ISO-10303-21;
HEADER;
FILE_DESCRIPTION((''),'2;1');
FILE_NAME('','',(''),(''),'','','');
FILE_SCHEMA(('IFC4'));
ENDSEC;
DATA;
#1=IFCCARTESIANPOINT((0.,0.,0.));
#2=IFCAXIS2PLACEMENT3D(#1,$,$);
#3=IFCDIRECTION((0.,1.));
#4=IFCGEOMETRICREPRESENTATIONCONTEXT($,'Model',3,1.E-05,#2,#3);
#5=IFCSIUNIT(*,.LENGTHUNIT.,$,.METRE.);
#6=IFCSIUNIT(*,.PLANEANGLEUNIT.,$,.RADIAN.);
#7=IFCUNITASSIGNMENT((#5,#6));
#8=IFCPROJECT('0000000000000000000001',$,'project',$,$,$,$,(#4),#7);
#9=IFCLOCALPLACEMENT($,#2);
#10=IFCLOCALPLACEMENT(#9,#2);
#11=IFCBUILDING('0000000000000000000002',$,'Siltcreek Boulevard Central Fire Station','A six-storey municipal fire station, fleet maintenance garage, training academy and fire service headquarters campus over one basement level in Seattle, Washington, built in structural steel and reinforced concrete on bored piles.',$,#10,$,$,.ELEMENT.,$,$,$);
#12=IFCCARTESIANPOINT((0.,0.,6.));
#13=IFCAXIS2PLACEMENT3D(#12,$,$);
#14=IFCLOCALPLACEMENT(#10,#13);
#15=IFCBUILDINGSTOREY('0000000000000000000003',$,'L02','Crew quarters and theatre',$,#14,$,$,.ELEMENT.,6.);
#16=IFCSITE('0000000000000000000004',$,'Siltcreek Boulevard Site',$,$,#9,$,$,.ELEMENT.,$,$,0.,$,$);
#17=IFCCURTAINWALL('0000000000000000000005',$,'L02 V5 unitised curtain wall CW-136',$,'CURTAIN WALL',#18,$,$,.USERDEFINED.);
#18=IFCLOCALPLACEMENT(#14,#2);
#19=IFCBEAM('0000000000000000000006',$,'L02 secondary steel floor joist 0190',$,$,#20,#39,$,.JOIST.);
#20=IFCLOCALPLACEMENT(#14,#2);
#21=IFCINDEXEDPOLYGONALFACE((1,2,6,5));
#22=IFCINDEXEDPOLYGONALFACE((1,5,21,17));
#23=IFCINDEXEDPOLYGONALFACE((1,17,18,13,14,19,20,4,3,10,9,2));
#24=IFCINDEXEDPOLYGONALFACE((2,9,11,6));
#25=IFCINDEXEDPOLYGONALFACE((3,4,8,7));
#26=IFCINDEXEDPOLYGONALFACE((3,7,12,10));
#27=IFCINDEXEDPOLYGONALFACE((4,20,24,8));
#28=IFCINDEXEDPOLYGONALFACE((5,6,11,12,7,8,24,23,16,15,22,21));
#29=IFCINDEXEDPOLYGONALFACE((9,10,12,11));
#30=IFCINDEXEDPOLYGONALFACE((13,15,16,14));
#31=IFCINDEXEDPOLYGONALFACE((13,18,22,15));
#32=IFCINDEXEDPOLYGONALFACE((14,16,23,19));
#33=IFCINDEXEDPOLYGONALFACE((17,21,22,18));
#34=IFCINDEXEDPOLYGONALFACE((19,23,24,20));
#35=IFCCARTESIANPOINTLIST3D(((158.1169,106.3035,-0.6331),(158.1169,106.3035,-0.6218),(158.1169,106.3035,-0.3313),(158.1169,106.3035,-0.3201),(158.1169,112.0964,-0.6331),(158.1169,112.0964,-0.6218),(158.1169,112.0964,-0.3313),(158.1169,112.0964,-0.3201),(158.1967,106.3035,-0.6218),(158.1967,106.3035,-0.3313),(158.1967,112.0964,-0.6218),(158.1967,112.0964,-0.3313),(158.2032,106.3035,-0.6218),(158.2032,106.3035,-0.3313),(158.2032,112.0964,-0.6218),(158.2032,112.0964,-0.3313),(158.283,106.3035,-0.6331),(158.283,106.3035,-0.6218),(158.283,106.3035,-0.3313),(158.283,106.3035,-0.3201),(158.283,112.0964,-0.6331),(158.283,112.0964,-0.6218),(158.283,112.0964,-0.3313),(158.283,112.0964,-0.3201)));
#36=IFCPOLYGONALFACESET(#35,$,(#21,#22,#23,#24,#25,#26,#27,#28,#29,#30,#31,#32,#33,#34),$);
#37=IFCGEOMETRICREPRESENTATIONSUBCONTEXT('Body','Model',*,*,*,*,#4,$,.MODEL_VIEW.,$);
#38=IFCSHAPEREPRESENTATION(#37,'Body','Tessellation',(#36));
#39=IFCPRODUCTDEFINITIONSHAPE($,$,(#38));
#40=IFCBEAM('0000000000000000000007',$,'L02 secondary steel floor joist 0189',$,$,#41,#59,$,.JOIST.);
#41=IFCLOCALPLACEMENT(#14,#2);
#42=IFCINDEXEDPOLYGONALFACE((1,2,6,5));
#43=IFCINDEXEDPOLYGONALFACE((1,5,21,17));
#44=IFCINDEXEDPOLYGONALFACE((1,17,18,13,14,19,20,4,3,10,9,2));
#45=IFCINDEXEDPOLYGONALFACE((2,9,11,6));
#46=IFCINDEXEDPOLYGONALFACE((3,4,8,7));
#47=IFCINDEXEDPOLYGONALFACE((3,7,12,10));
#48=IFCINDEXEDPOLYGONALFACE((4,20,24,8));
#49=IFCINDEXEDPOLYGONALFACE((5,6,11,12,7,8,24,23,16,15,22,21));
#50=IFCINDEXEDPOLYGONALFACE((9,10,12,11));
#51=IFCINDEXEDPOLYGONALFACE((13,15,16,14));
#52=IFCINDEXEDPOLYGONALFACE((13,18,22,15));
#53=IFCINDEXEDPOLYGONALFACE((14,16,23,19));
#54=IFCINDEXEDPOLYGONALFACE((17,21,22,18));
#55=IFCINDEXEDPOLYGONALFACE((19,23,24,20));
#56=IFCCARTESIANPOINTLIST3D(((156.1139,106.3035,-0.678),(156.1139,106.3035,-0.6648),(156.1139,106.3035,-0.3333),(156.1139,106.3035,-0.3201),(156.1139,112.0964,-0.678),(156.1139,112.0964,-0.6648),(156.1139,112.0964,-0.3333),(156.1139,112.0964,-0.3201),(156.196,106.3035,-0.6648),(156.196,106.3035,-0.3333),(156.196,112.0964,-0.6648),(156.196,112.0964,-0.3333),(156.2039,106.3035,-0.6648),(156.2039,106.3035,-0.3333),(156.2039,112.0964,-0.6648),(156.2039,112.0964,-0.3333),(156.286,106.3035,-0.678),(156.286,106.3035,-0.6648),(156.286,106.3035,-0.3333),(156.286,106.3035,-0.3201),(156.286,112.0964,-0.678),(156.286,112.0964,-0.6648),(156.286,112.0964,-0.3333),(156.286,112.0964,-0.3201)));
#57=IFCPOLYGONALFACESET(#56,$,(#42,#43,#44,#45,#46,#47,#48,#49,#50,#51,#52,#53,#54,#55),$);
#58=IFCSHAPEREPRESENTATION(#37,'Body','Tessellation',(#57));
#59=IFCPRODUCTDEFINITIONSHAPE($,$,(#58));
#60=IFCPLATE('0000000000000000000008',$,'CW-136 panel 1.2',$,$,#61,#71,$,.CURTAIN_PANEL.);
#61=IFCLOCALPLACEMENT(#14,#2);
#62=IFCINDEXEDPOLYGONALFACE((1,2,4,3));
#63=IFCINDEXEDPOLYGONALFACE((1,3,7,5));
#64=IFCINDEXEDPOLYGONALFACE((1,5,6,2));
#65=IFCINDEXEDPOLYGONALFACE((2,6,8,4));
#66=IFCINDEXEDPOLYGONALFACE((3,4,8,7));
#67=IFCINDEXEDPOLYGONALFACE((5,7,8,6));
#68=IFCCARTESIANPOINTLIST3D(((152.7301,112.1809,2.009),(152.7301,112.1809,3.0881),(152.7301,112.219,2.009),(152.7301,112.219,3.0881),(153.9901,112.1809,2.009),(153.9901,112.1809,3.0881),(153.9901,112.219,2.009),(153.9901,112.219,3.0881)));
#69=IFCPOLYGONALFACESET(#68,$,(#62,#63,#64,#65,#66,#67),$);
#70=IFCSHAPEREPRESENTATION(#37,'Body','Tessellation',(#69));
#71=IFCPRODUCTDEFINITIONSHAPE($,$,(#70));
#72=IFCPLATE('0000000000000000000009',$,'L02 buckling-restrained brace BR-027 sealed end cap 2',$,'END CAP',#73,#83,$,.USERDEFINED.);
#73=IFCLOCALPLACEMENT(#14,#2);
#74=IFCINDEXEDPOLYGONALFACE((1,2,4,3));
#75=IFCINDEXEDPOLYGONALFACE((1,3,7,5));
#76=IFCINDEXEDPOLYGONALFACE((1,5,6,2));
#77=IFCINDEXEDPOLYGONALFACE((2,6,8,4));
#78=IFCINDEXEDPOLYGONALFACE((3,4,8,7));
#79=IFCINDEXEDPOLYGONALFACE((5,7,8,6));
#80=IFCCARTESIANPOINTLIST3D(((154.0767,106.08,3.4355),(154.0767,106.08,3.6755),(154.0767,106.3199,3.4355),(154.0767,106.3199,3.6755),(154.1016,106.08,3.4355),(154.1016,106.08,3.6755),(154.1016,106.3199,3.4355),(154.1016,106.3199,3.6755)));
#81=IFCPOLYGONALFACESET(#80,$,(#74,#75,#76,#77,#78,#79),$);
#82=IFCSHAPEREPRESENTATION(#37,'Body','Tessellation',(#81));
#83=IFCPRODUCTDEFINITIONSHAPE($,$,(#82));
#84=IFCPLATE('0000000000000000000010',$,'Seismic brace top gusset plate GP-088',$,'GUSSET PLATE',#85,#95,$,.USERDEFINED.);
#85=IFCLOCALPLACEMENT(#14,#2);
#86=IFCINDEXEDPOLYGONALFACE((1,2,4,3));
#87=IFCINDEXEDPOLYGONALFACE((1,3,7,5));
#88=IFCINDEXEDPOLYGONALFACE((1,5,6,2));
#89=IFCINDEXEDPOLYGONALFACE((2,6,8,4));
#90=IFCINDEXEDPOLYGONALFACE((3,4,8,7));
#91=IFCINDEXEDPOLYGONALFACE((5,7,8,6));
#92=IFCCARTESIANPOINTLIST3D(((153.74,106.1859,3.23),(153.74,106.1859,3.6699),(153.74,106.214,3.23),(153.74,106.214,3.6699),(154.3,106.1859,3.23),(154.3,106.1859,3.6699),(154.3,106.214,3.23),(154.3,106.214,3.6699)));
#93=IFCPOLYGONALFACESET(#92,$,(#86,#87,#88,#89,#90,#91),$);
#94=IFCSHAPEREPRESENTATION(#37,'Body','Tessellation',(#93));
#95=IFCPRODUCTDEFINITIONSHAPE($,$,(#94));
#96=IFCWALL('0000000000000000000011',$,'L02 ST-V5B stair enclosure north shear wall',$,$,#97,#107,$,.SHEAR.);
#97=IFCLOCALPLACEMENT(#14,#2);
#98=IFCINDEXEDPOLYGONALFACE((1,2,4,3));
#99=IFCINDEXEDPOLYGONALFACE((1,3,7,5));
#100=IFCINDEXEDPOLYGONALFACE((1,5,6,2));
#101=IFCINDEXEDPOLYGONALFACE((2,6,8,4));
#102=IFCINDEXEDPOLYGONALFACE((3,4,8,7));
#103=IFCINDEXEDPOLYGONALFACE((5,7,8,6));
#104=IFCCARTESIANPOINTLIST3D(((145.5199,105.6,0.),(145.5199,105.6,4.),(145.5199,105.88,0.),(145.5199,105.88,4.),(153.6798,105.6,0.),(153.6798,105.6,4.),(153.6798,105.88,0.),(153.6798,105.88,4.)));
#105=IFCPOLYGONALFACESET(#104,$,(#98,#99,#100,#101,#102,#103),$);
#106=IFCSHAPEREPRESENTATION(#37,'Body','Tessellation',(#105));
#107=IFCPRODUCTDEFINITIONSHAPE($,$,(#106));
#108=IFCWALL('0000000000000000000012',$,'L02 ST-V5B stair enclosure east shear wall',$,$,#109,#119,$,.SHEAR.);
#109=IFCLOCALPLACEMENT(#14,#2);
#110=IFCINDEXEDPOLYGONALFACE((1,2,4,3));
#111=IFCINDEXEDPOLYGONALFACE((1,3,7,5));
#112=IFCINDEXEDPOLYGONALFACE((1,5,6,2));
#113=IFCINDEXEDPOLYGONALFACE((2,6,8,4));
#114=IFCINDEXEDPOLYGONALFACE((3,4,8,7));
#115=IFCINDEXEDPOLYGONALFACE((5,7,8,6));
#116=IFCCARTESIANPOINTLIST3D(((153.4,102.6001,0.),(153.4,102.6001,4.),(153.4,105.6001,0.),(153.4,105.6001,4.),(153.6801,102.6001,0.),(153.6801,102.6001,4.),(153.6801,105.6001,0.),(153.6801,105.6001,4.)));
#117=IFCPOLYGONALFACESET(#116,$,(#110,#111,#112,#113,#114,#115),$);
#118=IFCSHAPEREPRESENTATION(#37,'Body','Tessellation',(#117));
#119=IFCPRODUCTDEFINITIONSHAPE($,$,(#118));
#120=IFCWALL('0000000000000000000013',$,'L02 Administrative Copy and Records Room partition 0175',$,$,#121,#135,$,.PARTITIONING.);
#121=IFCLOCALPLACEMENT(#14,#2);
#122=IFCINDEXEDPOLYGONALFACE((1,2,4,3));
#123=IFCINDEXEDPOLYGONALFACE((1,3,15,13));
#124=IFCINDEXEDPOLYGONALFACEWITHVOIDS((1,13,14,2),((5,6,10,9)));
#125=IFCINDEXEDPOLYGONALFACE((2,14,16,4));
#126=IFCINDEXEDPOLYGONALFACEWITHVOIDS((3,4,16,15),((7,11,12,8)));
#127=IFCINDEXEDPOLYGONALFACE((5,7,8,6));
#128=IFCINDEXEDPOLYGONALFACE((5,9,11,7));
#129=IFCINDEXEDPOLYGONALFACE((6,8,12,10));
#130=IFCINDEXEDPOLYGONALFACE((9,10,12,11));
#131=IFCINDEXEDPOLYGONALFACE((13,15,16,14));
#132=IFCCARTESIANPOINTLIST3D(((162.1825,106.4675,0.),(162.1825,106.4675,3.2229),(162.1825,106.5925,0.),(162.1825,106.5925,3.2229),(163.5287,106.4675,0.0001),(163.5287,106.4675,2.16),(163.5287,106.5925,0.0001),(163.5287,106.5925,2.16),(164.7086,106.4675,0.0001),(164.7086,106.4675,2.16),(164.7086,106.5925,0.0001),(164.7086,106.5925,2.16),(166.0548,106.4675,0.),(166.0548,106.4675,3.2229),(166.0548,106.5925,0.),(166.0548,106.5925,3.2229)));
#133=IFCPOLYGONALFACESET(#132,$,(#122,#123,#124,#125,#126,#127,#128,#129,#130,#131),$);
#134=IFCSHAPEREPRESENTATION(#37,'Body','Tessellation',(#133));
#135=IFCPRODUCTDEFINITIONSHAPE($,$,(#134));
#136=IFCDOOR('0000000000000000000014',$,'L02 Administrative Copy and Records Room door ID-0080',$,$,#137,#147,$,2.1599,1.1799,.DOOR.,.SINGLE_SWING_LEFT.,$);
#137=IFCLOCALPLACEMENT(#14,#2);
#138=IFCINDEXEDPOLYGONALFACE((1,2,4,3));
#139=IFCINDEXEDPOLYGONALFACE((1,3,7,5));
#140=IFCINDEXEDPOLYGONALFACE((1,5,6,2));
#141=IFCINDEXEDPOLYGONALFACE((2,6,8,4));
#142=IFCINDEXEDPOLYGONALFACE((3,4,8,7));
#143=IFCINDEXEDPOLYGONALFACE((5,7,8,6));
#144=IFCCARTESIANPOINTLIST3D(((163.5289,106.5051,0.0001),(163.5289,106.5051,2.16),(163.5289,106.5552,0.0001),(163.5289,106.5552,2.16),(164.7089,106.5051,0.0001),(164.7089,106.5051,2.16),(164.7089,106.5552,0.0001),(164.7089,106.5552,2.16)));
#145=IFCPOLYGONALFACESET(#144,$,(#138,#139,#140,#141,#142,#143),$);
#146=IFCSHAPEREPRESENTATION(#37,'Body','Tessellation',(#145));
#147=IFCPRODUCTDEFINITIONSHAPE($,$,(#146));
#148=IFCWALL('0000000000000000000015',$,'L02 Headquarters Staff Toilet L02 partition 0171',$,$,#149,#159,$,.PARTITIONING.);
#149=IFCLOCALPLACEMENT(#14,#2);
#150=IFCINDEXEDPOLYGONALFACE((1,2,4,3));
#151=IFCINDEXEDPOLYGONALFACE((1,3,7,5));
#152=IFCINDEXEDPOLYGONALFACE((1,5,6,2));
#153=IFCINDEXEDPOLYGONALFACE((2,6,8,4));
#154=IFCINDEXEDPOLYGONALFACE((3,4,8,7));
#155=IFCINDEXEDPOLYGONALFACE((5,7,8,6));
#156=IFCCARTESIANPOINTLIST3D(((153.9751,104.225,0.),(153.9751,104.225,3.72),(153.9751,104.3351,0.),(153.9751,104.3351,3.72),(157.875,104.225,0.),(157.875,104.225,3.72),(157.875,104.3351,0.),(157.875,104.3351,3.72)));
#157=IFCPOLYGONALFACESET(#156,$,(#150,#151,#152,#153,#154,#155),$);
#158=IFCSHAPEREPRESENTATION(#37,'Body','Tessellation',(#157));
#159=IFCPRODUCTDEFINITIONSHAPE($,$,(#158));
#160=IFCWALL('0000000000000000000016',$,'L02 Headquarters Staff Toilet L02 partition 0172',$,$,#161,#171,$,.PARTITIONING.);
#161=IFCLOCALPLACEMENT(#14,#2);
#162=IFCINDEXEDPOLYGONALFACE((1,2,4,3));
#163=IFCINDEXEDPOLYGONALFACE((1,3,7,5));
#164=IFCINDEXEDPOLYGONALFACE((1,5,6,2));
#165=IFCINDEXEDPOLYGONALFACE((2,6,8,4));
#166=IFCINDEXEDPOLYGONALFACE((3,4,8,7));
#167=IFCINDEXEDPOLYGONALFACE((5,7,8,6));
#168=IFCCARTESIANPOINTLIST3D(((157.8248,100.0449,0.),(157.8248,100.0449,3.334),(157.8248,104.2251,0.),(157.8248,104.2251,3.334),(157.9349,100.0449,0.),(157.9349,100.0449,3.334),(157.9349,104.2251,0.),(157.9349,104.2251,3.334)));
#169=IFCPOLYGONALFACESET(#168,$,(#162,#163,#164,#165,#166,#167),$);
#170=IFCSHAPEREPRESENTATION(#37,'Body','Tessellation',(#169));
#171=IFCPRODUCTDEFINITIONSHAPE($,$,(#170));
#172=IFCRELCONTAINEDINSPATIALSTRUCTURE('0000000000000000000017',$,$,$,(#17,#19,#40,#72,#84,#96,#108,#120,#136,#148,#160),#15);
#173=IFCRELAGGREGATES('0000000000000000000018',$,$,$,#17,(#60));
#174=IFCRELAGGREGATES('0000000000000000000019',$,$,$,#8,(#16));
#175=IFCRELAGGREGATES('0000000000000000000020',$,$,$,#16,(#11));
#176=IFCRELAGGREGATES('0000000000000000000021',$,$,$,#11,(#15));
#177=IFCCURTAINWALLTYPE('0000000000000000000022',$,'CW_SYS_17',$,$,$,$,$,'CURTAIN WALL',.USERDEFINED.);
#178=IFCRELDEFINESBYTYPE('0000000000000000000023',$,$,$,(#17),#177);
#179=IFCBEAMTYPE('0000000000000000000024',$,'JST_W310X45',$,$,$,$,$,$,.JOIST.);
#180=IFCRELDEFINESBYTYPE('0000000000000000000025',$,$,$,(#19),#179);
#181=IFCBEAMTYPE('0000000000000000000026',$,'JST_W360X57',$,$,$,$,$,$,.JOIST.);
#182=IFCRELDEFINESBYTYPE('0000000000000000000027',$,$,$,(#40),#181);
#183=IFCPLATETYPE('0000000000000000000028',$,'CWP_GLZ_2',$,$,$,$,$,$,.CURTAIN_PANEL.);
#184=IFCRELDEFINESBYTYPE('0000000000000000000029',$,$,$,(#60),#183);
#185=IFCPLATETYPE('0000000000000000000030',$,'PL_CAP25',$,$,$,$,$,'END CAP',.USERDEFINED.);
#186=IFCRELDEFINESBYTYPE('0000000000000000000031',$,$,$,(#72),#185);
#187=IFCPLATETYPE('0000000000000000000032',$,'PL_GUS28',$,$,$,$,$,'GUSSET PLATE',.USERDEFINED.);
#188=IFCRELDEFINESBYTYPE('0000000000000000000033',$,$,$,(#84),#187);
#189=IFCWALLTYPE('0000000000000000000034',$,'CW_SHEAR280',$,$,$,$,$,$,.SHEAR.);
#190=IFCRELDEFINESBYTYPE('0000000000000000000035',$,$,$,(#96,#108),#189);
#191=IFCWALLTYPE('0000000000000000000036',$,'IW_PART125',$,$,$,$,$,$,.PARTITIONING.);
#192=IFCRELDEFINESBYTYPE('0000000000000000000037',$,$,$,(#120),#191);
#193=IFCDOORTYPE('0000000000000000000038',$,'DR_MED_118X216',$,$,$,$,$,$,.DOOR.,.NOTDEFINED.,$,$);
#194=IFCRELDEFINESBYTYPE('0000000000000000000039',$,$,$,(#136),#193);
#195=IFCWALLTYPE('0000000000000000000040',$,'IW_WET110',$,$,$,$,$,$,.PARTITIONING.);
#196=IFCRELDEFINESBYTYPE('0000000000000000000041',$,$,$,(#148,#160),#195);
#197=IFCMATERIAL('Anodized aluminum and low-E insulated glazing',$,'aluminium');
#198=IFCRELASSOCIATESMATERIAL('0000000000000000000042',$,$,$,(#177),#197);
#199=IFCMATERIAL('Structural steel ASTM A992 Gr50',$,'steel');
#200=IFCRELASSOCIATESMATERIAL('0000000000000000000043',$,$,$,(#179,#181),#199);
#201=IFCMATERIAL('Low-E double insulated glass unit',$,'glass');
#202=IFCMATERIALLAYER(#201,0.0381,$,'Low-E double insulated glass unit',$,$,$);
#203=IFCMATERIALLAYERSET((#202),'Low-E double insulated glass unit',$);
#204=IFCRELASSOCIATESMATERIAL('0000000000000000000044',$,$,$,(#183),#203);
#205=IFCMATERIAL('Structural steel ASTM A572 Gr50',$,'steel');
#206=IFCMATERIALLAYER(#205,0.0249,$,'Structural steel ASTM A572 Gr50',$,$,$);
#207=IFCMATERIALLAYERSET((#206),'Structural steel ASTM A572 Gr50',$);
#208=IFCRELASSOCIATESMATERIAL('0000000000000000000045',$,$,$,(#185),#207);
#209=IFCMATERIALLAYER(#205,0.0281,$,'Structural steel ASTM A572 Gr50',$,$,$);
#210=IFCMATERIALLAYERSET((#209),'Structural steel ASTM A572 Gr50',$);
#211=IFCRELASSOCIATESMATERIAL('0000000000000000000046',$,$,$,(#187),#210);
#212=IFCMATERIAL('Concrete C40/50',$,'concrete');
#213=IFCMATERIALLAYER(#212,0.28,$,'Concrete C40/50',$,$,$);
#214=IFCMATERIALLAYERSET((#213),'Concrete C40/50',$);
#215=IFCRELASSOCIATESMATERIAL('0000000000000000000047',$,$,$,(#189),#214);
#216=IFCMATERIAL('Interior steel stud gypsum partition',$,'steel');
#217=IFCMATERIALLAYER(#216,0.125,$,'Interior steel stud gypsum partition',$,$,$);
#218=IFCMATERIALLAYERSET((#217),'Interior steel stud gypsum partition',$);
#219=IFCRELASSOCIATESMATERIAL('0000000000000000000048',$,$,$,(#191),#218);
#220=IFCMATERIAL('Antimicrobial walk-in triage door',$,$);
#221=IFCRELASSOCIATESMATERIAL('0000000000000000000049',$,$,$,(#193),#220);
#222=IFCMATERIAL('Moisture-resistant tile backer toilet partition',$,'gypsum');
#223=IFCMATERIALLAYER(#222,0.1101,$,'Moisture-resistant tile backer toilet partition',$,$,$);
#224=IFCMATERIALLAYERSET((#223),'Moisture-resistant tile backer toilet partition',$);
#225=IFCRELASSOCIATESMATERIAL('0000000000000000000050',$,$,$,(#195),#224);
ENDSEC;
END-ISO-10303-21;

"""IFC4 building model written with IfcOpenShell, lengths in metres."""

from ifc_helpers import new_model, si_unit, direction, frame, frame_2d, origin, origin_2d, place, context, subcontext, project, spatial, rectangle, i_section, extrude, material, layer, layer_set, material_profile, profile_set, type_object, element, fill, aggregate, save


model = new_model("IFC4")

# Units and contexts
model_context = context("Model", 3, precision=1e-05, world=origin(), true_north=direction((0.0, 1.0)))
body_context = subcontext(model_context, "Body", "Model", "MODEL_VIEW")
ifc_project = project(units=[si_unit("LENGTHUNIT", "METRE"), si_unit("PLANEANGLEUNIT", "RADIAN")], contexts=[model_context])

# Site, building, storey
site_placement = place(None, origin())
site = spatial("IfcSite", under=ifc_project, at=site_placement, Name="Siltcreek Boulevard Site", CompositionType="ELEMENT", RefElevation=0.0)
building_placement = place(site_placement, origin())
building = spatial("IfcBuilding", under=site, at=building_placement, Name="Siltcreek Boulevard Central Fire Station", Description="A six-storey municipal fire station, fleet maintenance garage, training academy and fire service headquarters campus over one basement level in Seattle, Washington, built in structural steel and reinforced concrete on bored piles.", CompositionType="ELEMENT")
storey_placement = place(building_placement, frame((0.0, 0.0, 6.0)))
storey = spatial("IfcBuildingStorey", under=building, at=storey_placement, Name="L02", Description="Crew quarters and theatre", CompositionType="ELEMENT", Elevation=6.0)

# Shared definitions
ifc_material_1 = material(Name="Structural steel ASTM A992 Gr50", Category="steel")

# Curtain wall
ifc_material_2 = material(Name="Anodized aluminum and low-E insulated glazing", Category="aluminium")
curtain_wall_type = type_object("IfcCurtainWallType", Name="CW_SYS_17", ElementType="CURTAIN WALL", PredefinedType="USERDEFINED", material=ifc_material_2)
curtain_wall_placement = place(storey_placement, origin())
curtain_wall = element("IfcCurtainWall", 1, at=curtain_wall_placement, inside=storey, type_object=curtain_wall_type, Name="L02 V5 unitised curtain wall CW-136", ObjectType="CURTAIN WALL", PredefinedType="USERDEFINED")

# Beams
ifc_material_profile_1 = material_profile(ifc_material_1, i_section(OverallWidth=0.166, OverallDepth=0.313, WebThickness=0.0066, FlangeThickness=0.0112, at=origin_2d()), Name="W310X45")
ifc_profile_set_1 = profile_set([ifc_material_profile_1], Name="Structural steel ASTM A992 Gr50")
beam_type_1 = type_object("IfcBeamType", Name="JST_W310X45", PredefinedType="JOIST", material=ifc_profile_set_1)
beam_1_placement = place(storey_placement, frame((158.2, 106.3035, -0.4766), z_axis=(0.0, 1.0, 0.0), x_axis=(-1.0, 0.0, 0.0)))
element("IfcBeam", 2, at=beam_1_placement, inside=storey, type_object=beam_type_1, Name="L02 secondary steel floor joist 0190", PredefinedType="JOIST", context=body_context, shape_type="SweptSolid", body=[
    extrude(i_section(OverallWidth=0.166, OverallDepth=0.313, WebThickness=0.0066, FlangeThickness=0.0112, at=origin_2d()), origin(), (0.0, 0.0, 1.0), 5.793),
])
ifc_material_profile_2 = material_profile(ifc_material_1, i_section(OverallWidth=0.1721, OverallDepth=0.3579, WebThickness=0.0078, FlangeThickness=0.0132, at=origin_2d()), Name="W360X57")
ifc_profile_set_2 = profile_set([ifc_material_profile_2], Name="Structural steel ASTM A992 Gr50")
beam_type_2 = type_object("IfcBeamType", Name="JST_W360X57", PredefinedType="JOIST", material=ifc_profile_set_2)
beam_2_placement = place(storey_placement, frame((156.2, 106.3035, -0.499), z_axis=(0.0, 1.0, 0.0), x_axis=(-1.0, 0.0, 0.0)))
element("IfcBeam", 3, at=beam_2_placement, inside=storey, type_object=beam_type_2, Name="L02 secondary steel floor joist 0189", PredefinedType="JOIST", context=body_context, shape_type="SweptSolid", body=[
    extrude(i_section(OverallWidth=0.1721, OverallDepth=0.3579, WebThickness=0.0078, FlangeThickness=0.0132, at=origin_2d()), origin(), (0.0, 0.0, 1.0), 5.793),
])

# Plate
ifc_material_3 = material(Name="Low-E double insulated glass unit", Category="glass")
ifc_layer_1 = layer(ifc_material_3, 0.0381, Name="Low-E double insulated glass unit")
ifc_layer_set_1 = layer_set([ifc_layer_1], Name="Low-E double insulated glass unit")
plate_type_1 = type_object("IfcPlateType", Name="CWP_GLZ_2", PredefinedType="CURTAIN_PANEL", material=ifc_layer_set_1)
plate_1_placement = place(storey_placement, frame((153.3601, 112.2, 2.009), z_axis=(0.0, 0.0, 1.0), x_axis=(-1.0, 0.0, 0.0)))
plate_1 = element("IfcPlate", 4, at=plate_1_placement, type_object=plate_type_1, Name="CW-136 panel 1.2", PredefinedType="CURTAIN_PANEL", context=body_context, shape_type="SweptSolid", body=[
    extrude(rectangle(XDim=1.26, YDim=0.0381, at=origin_2d()), origin(), (0.0, 0.0, 1.0), 1.0791),
])
aggregate(curtain_wall, [plate_1])

# Plates
ifc_material_4 = material(Name="Structural steel ASTM A572 Gr50", Category="steel")
ifc_layer_2 = layer(ifc_material_4, 0.0249, Name="Structural steel ASTM A572 Gr50")
ifc_layer_set_2 = layer_set([ifc_layer_2], Name="Structural steel ASTM A572 Gr50")
plate_type_2 = type_object("IfcPlateType", Name="PL_CAP25", ElementType="END CAP", PredefinedType="USERDEFINED", material=ifc_layer_set_2)
plate_2_placement = place(storey_placement, frame((154.0891, 106.2, 3.4355), z_axis=(0.0, 0.0, 1.0), x_axis=(1.0, 0.0, 0.0)))
element("IfcPlate", 5, at=plate_2_placement, inside=storey, type_object=plate_type_2, Name="L02 buckling-restrained brace BR-027 sealed end cap 2", ObjectType="END CAP", PredefinedType="USERDEFINED", context=body_context, shape_type="SweptSolid", body=[
    extrude(rectangle(XDim=0.0249, YDim=0.24, at=origin_2d()), origin(), (0.0, 0.0, 1.0), 0.24),
])
ifc_layer_3 = layer(ifc_material_4, 0.0281, Name="Structural steel ASTM A572 Gr50")
ifc_layer_set_3 = layer_set([ifc_layer_3], Name="Structural steel ASTM A572 Gr50")
plate_type_3 = type_object("IfcPlateType", Name="PL_GUS28", ElementType="GUSSET PLATE", PredefinedType="USERDEFINED", material=ifc_layer_set_3)
plate_3_placement = place(storey_placement, frame((154.02, 106.2, 3.23), z_axis=(0.0, 0.0, 1.0), x_axis=(1.0, 0.0, 0.0)))
element("IfcPlate", 6, at=plate_3_placement, inside=storey, type_object=plate_type_3, Name="Seismic brace top gusset plate GP-088", ObjectType="GUSSET PLATE", PredefinedType="USERDEFINED", context=body_context, shape_type="SweptSolid", body=[
    extrude(rectangle(XDim=0.5601, YDim=0.0281, at=origin_2d()), origin(), (0.0, 0.0, 1.0), 0.4399),
])

# Walls
ifc_material_5 = material(Name="Concrete C40/50", Category="concrete")
ifc_layer_4 = layer(ifc_material_5, 0.28, Name="Concrete C40/50")
ifc_layer_set_4 = layer_set([ifc_layer_4], Name="Concrete C40/50")
wall_type_1 = type_object("IfcWallType", Name="CW_SHEAR280", PredefinedType="SHEAR", material=ifc_layer_set_4)
wall_1_placement = place(storey_placement, frame((153.6799, 105.74, 0.0), z_axis=(0.0, 0.0, 1.0), x_axis=(-1.0, 0.0, 0.0)))
element("IfcWall", 7, at=wall_1_placement, inside=storey, type_object=wall_type_1, Name="L02 ST-V5B stair enclosure north shear wall", PredefinedType="SHEAR", context=body_context, shape_type="SweptSolid", body=[
    extrude(rectangle(XDim=8.1599, YDim=0.28, at=frame_2d((4.0801, 0.0))), origin(), (0.0, 0.0, 1.0), 4.0),
])
wall_2_placement = place(storey_placement, frame((153.54, 102.6001, 0.0), z_axis=(0.0, 0.0, 1.0), x_axis=(0.0, 1.0, 0.0)))
element("IfcWall", 8, at=wall_2_placement, inside=storey, type_object=wall_type_1, Name="L02 ST-V5B stair enclosure east shear wall", PredefinedType="SHEAR", context=body_context, shape_type="SweptSolid", body=[
    extrude(rectangle(XDim=3.0, YDim=0.28, at=frame_2d((1.5, 0.0))), origin(), (0.0, 0.0, 1.0), 4.0),
])

# Wall, opening, door
ifc_material_6 = material(Name="Interior steel stud gypsum partition", Category="steel")
ifc_layer_5 = layer(ifc_material_6, 0.125, Name="Interior steel stud gypsum partition")
ifc_layer_set_5 = layer_set([ifc_layer_5], Name="Interior steel stud gypsum partition")
wall_type_2 = type_object("IfcWallType", Name="IW_PART125", PredefinedType="PARTITIONING", material=ifc_layer_set_5)
wall_3_placement = place(storey_placement, frame((162.1826, 106.53, 0.0), z_axis=(0.0, 0.0, 1.0), x_axis=(1.0, 0.0, 0.0)))
wall_3 = element("IfcWall", 9, at=wall_3_placement, inside=storey, type_object=wall_type_2, Name="L02 Administrative Copy and Records Room partition 0175", PredefinedType="PARTITIONING", context=body_context, shape_type="SweptSolid", body=[
    extrude(rectangle(XDim=3.8723, YDim=0.125, at=frame_2d((1.936, 0.0))), origin(), (0.0, 0.0, 1.0), 3.2229),
])
opening_placement = place(wall_3_placement, frame((1.3462, 0.0, 0.0)))
opening = element("IfcOpeningElement", 10, at=opening_placement, cuts=wall_3, PredefinedType="OPENING", context=body_context, shape_type="SweptSolid", body=[
    extrude(rectangle(XDim=1.1799, YDim=2.1599, at=frame_2d((0.5898, 1.0801))), frame((0.0, 0.0725, 0.0), z_axis=(0.0, -1.0, 0.0), x_axis=(1.0, 0.0, 0.0)), (0.0, 0.0, 1.0), 0.145),
])
ifc_material_7 = material(Name="Antimicrobial walk-in triage door")
door_type = type_object("IfcDoorType", Name="DR_MED_118X216", OperationType="NOTDEFINED", PredefinedType="DOOR", material=ifc_material_7)
door_placement = place(opening_placement, frame((1.1799, 0.0, 0.0), z_axis=(0.0, 0.0, 1.0), x_axis=(-1.0, 0.0, 0.0)))
door = element("IfcDoor", 11, at=door_placement, inside=storey, type_object=door_type, Name="L02 Administrative Copy and Records Room door ID-0080", OperationType="SINGLE_SWING_LEFT", OverallHeight=2.1599, OverallWidth=1.1799, PredefinedType="DOOR", context=body_context, shape_type="SweptSolid", body=[
    extrude(rectangle(XDim=1.1799, YDim=2.1599, at=frame_2d((0.5898, 1.0801))), frame((0.0, 0.0249, 0.0), z_axis=(0.0, -1.0, 0.0), x_axis=(1.0, 0.0, 0.0)), (0.0, 0.0, 1.0), 0.05),
])
fill(opening, door)

# Walls
ifc_material_8 = material(Name="Moisture-resistant tile backer toilet partition", Category="gypsum")
ifc_layer_6 = layer(ifc_material_8, 0.1101, Name="Moisture-resistant tile backer toilet partition")
ifc_layer_set_6 = layer_set([ifc_layer_6], Name="Moisture-resistant tile backer toilet partition")
wall_type_3 = type_object("IfcWallType", Name="IW_WET110", PredefinedType="PARTITIONING", material=ifc_layer_set_6)
wall_4_placement = place(storey_placement, frame((153.9751, 104.28, 0.0), z_axis=(0.0, 0.0, 1.0), x_axis=(1.0, 0.0, 0.0)))
element("IfcWall", 12, at=wall_4_placement, inside=storey, type_object=wall_type_3, Name="L02 Headquarters Staff Toilet L02 partition 0171", PredefinedType="PARTITIONING", context=body_context, shape_type="SweptSolid", body=[
    extrude(rectangle(XDim=3.8999, YDim=0.1101, at=frame_2d((1.95, 0.0))), origin(), (0.0, 0.0, 1.0), 3.72),
])
wall_5_placement = place(storey_placement, frame((157.8799, 104.2251, 0.0), z_axis=(0.0, 0.0, 1.0), x_axis=(0.0, -1.0, 0.0)))
element("IfcWall", 13, at=wall_5_placement, inside=storey, type_object=wall_type_3, Name="L02 Headquarters Staff Toilet L02 partition 0172", PredefinedType="PARTITIONING", context=body_context, shape_type="SweptSolid", body=[
    extrude(rectangle(XDim=4.1802, YDim=0.1101, at=frame_2d((2.0901, 0.0))), origin(), (0.0, 0.0, 1.0), 3.334),
])

save(model, "model.ifc")
